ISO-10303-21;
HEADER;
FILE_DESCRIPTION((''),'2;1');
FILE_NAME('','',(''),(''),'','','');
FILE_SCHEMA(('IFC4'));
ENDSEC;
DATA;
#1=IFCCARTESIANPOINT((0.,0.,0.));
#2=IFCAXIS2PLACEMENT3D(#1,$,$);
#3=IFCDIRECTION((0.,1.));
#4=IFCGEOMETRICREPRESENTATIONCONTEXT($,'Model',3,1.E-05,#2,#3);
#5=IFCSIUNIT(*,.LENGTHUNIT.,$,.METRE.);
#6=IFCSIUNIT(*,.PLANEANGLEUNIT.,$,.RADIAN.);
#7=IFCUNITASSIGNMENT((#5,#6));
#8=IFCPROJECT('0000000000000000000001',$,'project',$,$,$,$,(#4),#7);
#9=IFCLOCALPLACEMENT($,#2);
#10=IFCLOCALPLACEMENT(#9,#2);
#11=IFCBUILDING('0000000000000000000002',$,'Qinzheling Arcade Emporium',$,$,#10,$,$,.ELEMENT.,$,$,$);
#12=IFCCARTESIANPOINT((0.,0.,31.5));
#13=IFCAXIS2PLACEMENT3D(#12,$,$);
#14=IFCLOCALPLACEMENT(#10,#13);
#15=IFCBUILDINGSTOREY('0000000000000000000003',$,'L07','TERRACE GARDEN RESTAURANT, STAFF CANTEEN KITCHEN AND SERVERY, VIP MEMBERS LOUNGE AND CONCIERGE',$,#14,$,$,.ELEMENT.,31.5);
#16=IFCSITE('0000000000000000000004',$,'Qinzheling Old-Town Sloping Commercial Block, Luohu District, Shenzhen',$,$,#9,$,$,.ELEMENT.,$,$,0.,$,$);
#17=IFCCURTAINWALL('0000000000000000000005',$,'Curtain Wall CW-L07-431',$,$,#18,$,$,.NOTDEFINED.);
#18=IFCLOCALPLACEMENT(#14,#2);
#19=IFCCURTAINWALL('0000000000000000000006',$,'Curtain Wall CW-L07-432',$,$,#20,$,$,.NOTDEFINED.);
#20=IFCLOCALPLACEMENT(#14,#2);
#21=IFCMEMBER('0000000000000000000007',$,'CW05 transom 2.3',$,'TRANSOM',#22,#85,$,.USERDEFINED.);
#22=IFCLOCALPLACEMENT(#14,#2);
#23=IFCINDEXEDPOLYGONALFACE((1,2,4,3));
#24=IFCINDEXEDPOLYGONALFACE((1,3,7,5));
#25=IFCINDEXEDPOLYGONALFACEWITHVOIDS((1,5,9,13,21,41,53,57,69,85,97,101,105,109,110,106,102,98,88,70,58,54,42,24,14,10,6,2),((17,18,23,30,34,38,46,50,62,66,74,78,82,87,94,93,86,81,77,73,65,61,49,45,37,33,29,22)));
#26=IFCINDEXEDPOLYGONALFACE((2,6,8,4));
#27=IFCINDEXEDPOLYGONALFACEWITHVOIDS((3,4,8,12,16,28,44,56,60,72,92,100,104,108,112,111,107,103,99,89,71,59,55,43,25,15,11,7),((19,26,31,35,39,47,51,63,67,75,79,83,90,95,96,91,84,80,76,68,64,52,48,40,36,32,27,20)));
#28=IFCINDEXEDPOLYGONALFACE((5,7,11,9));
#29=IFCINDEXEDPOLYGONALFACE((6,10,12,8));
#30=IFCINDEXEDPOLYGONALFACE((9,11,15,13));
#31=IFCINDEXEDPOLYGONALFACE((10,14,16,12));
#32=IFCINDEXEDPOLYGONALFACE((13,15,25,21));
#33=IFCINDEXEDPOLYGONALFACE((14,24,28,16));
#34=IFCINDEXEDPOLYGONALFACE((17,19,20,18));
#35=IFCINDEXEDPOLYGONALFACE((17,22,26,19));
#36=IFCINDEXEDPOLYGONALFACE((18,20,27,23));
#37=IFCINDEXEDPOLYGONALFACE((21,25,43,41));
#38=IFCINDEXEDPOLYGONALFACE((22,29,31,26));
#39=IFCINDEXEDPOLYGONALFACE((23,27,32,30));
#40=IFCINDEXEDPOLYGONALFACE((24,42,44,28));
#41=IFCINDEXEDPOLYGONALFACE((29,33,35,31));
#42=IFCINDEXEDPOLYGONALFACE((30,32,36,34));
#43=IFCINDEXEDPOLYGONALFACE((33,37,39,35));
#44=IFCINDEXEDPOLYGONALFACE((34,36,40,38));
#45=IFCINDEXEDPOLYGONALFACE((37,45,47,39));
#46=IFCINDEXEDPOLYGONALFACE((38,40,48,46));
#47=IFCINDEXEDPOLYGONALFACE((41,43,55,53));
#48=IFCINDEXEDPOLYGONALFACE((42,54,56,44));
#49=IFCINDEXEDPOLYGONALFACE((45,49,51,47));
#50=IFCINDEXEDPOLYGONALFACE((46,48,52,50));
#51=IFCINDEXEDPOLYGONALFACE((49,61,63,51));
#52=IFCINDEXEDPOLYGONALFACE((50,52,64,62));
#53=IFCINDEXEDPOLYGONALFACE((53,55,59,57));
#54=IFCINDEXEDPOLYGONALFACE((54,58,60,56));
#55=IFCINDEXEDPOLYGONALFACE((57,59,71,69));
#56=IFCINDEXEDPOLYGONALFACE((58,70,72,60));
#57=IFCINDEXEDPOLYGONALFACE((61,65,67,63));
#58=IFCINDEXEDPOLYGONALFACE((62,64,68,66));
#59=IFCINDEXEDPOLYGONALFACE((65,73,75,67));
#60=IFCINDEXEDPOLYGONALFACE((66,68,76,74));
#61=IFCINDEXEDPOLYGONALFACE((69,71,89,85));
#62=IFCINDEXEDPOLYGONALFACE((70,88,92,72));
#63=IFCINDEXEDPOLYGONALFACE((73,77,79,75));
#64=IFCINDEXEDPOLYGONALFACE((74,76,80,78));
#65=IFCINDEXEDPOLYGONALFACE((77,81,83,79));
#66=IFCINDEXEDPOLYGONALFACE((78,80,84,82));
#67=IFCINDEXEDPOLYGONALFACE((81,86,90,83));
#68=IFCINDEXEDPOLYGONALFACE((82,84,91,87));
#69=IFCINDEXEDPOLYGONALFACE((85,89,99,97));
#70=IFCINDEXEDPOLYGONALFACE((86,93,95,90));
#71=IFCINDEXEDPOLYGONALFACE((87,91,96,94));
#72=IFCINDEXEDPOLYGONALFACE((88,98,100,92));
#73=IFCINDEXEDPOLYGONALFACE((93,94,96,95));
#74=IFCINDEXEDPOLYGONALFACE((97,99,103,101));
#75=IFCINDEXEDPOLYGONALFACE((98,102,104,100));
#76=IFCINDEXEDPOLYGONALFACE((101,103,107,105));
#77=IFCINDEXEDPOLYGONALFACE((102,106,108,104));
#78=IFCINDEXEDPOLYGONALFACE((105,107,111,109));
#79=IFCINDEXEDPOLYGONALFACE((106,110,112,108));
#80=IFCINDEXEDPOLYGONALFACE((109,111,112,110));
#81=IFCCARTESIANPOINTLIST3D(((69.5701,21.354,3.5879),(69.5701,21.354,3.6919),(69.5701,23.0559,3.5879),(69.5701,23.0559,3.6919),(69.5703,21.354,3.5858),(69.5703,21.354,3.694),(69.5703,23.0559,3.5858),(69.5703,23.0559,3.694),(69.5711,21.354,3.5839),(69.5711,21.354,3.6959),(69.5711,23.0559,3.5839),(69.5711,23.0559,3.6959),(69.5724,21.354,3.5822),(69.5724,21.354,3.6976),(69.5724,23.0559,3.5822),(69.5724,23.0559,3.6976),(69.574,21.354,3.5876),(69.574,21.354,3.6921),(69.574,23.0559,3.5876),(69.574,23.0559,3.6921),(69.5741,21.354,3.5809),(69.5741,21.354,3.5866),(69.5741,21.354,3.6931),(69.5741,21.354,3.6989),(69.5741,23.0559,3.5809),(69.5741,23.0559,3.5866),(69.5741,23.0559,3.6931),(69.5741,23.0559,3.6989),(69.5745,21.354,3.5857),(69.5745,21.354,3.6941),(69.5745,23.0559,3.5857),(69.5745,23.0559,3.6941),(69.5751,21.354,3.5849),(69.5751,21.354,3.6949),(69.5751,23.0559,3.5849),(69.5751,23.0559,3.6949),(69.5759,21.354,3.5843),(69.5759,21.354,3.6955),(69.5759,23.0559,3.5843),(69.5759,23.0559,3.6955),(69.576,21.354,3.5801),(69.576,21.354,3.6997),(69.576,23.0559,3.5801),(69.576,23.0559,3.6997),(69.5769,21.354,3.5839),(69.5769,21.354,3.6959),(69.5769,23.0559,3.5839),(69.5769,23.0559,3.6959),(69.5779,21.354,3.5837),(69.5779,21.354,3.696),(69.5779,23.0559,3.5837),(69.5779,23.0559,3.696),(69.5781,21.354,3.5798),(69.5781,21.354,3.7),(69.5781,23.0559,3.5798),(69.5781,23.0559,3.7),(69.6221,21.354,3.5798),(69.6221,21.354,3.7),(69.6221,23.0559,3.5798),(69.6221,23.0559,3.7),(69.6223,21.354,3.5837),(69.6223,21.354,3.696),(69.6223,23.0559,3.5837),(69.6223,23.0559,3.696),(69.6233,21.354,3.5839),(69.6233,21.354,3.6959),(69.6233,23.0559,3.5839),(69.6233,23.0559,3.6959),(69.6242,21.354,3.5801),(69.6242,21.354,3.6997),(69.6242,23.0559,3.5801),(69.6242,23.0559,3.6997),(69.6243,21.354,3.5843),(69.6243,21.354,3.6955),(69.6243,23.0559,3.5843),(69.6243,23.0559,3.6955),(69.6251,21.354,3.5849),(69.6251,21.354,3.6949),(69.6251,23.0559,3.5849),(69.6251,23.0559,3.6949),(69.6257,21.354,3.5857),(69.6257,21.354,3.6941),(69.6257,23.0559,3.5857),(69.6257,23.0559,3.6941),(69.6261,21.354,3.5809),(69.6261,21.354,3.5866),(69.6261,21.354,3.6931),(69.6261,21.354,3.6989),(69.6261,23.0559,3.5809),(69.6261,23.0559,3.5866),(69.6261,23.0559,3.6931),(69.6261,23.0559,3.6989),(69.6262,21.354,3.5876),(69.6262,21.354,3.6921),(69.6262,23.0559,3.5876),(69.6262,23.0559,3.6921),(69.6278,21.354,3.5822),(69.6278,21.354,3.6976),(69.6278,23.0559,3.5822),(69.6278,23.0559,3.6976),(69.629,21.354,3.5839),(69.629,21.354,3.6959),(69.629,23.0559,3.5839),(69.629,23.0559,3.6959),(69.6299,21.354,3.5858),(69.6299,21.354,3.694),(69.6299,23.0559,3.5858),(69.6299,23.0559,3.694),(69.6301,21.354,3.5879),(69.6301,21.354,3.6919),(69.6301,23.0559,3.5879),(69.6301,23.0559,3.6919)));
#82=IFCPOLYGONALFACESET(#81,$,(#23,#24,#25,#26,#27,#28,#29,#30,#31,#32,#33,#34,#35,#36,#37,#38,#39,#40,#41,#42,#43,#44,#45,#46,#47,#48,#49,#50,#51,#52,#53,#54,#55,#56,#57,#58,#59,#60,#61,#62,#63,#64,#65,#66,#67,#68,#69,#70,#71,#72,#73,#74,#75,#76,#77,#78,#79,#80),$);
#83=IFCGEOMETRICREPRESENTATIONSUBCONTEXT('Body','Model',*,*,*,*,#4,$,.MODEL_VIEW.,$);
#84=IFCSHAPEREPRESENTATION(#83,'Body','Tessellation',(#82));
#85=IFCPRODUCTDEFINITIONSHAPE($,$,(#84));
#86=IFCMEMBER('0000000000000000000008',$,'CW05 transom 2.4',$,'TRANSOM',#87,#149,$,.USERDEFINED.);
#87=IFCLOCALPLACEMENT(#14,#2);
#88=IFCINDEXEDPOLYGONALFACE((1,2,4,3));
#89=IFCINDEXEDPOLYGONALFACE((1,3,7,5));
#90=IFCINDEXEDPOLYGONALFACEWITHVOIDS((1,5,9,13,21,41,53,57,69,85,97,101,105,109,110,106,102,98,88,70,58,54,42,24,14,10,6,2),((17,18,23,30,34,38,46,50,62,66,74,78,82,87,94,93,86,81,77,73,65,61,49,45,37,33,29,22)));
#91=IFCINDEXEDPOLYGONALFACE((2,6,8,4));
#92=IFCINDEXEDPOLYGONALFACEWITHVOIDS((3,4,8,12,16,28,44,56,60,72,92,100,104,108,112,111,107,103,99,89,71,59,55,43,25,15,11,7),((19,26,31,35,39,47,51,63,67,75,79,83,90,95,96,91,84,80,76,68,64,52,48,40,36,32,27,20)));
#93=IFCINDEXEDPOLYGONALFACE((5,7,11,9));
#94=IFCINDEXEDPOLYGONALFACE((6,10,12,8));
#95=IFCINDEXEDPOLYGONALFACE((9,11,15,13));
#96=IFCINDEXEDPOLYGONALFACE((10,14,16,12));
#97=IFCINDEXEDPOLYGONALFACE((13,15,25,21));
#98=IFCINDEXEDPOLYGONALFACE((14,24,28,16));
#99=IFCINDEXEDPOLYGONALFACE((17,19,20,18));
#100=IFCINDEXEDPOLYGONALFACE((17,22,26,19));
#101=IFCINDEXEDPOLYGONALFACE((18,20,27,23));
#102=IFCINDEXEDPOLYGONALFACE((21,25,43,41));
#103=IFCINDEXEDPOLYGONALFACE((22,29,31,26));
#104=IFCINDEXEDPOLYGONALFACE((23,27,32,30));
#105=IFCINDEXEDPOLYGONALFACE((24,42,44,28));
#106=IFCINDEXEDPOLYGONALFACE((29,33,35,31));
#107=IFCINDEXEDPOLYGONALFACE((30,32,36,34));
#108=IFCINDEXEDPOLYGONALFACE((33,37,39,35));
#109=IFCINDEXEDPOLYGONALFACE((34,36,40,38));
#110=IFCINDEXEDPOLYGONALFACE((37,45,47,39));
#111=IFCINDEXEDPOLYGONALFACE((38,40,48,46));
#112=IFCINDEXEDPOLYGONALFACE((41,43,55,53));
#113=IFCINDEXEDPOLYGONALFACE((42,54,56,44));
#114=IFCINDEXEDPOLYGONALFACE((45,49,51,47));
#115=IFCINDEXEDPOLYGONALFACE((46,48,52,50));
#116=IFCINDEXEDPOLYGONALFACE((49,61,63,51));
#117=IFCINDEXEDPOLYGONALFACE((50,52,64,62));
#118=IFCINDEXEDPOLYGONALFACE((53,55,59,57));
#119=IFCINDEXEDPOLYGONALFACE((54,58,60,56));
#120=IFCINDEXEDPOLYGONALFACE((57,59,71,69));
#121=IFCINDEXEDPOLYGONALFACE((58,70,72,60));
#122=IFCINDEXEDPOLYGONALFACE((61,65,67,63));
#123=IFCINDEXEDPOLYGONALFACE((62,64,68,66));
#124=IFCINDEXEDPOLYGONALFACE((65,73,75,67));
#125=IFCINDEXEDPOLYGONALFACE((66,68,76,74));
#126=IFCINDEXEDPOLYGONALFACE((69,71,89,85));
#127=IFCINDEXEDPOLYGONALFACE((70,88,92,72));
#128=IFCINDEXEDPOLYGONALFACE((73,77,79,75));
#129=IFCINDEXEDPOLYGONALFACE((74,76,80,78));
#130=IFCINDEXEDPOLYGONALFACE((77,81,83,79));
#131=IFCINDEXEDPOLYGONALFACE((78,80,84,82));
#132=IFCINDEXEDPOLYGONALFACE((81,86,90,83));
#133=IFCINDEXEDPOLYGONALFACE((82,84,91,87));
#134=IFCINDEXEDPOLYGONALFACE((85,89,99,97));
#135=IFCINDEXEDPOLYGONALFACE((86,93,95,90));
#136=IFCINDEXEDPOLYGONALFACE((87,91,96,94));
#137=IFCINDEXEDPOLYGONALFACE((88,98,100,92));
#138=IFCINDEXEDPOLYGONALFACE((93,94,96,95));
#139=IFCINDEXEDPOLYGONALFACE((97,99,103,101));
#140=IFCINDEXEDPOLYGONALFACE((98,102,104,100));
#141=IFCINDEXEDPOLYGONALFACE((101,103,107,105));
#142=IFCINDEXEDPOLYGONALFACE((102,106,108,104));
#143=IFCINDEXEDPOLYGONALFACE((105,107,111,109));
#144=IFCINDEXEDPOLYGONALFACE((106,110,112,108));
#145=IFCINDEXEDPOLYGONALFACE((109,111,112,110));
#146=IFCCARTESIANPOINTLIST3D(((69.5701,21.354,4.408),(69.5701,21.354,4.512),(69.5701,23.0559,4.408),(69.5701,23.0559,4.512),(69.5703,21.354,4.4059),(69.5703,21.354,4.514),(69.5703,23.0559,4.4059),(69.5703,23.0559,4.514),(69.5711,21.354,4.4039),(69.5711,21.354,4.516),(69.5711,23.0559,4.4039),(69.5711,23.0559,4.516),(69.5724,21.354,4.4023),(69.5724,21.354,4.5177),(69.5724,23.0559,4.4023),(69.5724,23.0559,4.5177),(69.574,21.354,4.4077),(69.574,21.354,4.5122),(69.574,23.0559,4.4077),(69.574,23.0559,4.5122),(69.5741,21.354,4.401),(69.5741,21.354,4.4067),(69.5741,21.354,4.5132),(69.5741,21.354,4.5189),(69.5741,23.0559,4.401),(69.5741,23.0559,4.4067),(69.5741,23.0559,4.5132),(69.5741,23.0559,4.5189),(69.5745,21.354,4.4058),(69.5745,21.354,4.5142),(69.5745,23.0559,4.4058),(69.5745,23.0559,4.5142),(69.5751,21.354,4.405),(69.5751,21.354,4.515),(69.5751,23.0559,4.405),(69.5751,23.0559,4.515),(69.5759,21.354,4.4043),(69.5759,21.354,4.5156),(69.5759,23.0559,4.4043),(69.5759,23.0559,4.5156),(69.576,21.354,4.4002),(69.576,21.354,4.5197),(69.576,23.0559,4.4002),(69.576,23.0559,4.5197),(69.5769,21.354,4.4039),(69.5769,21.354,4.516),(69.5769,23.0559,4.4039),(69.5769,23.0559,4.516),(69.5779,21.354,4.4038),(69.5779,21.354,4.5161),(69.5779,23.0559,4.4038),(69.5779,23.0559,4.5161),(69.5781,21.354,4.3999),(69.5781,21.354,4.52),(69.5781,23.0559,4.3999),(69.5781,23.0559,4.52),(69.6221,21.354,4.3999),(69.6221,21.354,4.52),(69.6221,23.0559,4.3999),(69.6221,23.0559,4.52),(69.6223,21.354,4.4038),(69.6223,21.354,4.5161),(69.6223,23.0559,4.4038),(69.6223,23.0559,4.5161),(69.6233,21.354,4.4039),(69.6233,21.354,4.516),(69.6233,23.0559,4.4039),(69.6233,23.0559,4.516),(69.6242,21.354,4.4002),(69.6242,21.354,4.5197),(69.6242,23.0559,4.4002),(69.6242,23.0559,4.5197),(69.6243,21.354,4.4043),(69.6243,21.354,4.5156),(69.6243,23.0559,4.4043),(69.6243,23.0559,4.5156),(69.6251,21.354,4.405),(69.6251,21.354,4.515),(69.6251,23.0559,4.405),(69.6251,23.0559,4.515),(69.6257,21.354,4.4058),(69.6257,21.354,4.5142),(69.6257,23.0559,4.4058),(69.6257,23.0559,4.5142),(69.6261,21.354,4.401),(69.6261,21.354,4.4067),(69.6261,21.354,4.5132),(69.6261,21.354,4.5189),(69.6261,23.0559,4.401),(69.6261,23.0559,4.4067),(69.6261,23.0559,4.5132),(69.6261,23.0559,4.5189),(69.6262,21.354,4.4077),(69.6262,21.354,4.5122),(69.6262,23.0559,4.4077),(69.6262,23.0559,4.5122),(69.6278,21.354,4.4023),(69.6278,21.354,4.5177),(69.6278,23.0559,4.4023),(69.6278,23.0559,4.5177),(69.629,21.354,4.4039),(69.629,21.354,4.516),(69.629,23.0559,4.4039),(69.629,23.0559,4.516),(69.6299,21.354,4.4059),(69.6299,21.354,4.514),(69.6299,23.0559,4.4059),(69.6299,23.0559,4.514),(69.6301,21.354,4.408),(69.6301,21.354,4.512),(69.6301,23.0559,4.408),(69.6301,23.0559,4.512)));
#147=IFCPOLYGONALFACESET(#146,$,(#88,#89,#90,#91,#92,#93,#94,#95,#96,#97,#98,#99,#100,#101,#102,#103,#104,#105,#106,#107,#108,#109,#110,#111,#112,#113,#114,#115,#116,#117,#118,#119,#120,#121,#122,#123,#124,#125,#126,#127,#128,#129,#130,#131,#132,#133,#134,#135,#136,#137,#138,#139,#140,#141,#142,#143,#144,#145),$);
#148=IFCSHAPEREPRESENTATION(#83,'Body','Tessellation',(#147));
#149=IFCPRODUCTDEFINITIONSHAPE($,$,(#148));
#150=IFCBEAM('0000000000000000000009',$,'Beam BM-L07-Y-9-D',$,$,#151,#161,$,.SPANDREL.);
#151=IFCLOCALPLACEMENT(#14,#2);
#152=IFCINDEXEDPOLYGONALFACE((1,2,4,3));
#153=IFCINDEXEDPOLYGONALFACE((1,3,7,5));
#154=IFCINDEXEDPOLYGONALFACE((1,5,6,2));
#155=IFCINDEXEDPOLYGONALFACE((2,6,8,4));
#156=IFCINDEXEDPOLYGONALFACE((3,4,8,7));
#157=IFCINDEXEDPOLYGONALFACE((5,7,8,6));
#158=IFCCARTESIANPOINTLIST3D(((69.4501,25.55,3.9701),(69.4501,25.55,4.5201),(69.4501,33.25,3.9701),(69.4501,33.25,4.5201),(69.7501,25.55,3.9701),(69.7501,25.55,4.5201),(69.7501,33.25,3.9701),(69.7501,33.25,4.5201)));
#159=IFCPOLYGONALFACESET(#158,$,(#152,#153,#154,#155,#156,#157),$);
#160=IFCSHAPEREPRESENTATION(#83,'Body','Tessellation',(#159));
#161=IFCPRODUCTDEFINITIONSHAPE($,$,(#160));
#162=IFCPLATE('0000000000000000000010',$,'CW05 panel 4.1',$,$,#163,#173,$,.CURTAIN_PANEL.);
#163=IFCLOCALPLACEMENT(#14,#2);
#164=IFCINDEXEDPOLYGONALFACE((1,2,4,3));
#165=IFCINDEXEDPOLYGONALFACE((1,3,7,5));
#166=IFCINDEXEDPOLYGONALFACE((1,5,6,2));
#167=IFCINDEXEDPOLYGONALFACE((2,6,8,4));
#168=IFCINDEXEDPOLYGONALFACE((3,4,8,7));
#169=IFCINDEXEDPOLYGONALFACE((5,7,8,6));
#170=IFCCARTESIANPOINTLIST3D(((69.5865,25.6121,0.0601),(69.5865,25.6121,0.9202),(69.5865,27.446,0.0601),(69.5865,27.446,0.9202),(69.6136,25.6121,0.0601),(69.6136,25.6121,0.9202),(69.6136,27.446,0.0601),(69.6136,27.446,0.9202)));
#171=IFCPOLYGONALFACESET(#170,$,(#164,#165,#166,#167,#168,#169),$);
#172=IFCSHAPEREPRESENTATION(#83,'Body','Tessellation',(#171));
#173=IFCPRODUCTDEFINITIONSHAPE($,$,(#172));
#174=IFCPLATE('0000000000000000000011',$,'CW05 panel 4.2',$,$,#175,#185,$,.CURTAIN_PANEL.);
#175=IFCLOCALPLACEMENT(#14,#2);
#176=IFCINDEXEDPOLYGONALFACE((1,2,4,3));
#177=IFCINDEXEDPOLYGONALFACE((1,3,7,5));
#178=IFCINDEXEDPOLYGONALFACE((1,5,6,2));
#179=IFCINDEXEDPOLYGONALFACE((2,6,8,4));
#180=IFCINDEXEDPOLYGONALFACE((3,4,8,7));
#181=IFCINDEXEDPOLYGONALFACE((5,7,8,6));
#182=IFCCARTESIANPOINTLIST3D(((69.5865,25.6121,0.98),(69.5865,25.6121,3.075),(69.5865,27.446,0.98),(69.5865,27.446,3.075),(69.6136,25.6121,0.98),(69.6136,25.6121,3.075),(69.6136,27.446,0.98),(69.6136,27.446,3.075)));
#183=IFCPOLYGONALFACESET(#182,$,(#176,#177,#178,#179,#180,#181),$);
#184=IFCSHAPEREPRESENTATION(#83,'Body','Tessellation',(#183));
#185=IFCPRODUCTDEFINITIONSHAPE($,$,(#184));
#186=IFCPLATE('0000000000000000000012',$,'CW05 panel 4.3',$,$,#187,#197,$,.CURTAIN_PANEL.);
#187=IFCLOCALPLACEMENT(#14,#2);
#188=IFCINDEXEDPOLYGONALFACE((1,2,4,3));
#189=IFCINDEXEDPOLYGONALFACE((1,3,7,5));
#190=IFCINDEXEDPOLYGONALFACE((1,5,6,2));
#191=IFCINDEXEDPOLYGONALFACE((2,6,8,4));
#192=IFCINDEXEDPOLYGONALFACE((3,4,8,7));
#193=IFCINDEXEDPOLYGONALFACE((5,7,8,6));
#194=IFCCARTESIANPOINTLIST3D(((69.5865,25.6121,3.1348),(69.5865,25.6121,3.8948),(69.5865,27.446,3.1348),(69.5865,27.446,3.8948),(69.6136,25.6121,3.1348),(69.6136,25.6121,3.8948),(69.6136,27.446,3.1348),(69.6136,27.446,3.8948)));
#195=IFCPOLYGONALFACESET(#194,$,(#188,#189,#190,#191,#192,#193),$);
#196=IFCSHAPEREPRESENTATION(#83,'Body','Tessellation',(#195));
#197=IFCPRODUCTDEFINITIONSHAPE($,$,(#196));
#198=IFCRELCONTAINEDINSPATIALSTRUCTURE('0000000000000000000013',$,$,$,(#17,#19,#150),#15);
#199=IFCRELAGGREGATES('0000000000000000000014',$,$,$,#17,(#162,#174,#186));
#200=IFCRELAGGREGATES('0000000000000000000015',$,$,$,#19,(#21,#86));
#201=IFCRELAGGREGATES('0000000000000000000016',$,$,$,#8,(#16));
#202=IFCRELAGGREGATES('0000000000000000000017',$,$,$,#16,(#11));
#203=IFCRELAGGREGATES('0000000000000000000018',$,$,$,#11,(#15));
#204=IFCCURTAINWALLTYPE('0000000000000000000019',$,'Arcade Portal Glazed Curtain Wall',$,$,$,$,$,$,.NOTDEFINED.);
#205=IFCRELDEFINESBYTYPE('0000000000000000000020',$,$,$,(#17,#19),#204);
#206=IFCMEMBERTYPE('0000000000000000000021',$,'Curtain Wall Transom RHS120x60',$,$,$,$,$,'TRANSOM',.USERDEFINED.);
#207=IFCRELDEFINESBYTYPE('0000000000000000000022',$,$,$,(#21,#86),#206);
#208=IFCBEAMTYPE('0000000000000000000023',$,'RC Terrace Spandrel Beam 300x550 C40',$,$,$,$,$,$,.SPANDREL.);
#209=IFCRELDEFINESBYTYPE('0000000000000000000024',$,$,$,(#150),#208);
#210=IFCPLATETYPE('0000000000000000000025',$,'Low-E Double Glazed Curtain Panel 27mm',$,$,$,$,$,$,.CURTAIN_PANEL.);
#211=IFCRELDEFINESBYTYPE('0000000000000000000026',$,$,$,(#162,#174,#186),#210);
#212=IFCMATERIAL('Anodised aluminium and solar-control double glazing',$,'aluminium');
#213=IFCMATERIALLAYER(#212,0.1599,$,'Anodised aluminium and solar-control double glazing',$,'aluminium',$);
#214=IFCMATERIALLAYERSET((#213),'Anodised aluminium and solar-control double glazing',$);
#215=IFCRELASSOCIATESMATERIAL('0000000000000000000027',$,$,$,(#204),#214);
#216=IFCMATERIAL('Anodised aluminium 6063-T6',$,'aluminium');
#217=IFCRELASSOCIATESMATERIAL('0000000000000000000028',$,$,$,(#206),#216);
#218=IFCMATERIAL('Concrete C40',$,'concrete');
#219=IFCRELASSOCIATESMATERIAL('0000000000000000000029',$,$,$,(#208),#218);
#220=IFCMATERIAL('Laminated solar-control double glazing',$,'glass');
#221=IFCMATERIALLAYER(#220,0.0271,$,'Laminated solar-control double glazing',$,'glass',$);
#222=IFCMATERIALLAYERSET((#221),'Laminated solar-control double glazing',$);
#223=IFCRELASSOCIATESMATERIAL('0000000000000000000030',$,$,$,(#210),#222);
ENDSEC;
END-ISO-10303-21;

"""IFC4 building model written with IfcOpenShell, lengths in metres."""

from ifc_helpers import new_model, si_unit, direction, frame, origin, origin_2d, place, context, subcontext, project, spatial, rectangle, hollow_rectangle, extrude, material, layer, layer_set, material_profile, profile_set, type_object, element, aggregate, save


model = new_model("IFC4")

# Units and contexts
model_context = context("Model", 3, precision=1e-05, world=origin(), true_north=direction((0.0, 1.0)))
body_context = subcontext(model_context, "Body", "Model", "MODEL_VIEW")
ifc_project = project(units=[si_unit("LENGTHUNIT", "METRE"), si_unit("PLANEANGLEUNIT", "RADIAN")], contexts=[model_context])

# Site, building, storey
site_placement = place(None, origin())
site = spatial("IfcSite", under=ifc_project, at=site_placement, Name="Qinzheling Old-Town Sloping Commercial Block, Luohu District, Shenzhen", CompositionType="ELEMENT", RefElevation=0.0)
building_placement = place(site_placement, origin())
building = spatial("IfcBuilding", under=site, at=building_placement, Name="Qinzheling Arcade Emporium", CompositionType="ELEMENT")
storey_placement = place(building_placement, frame((0.0, 0.0, 31.5)))
storey = spatial("IfcBuildingStorey", under=building, at=storey_placement, Name="L07", Description="TERRACE GARDEN RESTAURANT, STAFF CANTEEN KITCHEN AND SERVERY, VIP MEMBERS LOUNGE AND CONCIERGE", CompositionType="ELEMENT", Elevation=31.5)

# Shared definitions
ifc_material_1 = material(Name="Concrete C40", Category="concrete")

# Curtain wall
ifc_material_2 = material(Name="Anodised aluminium and solar-control double glazing", Category="aluminium")
ifc_layer_1 = layer(ifc_material_2, 0.1599, Name="Anodised aluminium and solar-control double glazing", Category="aluminium")
ifc_layer_set_1 = layer_set([ifc_layer_1], Name="Anodised aluminium and solar-control double glazing")
curtain_wall_type = type_object("IfcCurtainWallType", Name="Arcade Portal Glazed Curtain Wall", PredefinedType="NOTDEFINED", material=ifc_layer_set_1)
curtain_wall_1_placement = place(storey_placement, origin())
curtain_wall_1 = element("IfcCurtainWall", 1, at=curtain_wall_1_placement, inside=storey, type_object=curtain_wall_type, Name="Curtain Wall CW-L07-431", PredefinedType="NOTDEFINED")
ifc_material_3 = material(Name="Anodised aluminium 6063-T6", Category="aluminium")

# Curtain wall
curtain_wall_2_placement = place(storey_placement, origin())
curtain_wall_2 = element("IfcCurtainWall", 2, at=curtain_wall_2_placement, inside=storey, type_object=curtain_wall_type, Name="Curtain Wall CW-L07-432", PredefinedType="NOTDEFINED")

# Members
ifc_material_profile_1 = material_profile(ifc_material_3, hollow_rectangle(XDim=0.0601, YDim=0.1201, WallThickness=0.0039, InnerFilletRadius=0.0039, OuterFilletRadius=0.0081, at=origin_2d()), Name="RHS 120x60x4", Category="aluminium")
ifc_profile_set_1 = profile_set([ifc_material_profile_1], Name="Anodised aluminium 6063-T6")
member_type_1 = type_object("IfcMemberType", Name="Curtain Wall Transom RHS120x60", ElementType="TRANSOM", PredefinedType="USERDEFINED", material=ifc_profile_set_1)
member_1_placement = place(storey_placement, frame((69.6001, 23.0559, 3.6399), z_axis=(0.0, -1.0, 0.0), x_axis=(1.0, 0.0, 0.0)))
member_1 = element("IfcMember", 3, at=member_1_placement, type_object=member_type_1, Name="CW05 transom 2.3", ObjectType="TRANSOM", PredefinedType="USERDEFINED", context=body_context, shape_type="SweptSolid", body=[
    extrude(hollow_rectangle(XDim=0.0601, YDim=0.1201, WallThickness=0.0039, InnerFilletRadius=0.0039, OuterFilletRadius=0.0081, at=origin_2d()), origin(), (0.0, 0.0, 1.0), 1.7019),
])
member_2_placement = place(storey_placement, frame((69.6001, 23.0559, 4.46), z_axis=(0.0, -1.0, 0.0), x_axis=(1.0, 0.0, 0.0)))
member_2 = element("IfcMember", 4, at=member_2_placement, type_object=member_type_1, Name="CW05 transom 2.4", ObjectType="TRANSOM", PredefinedType="USERDEFINED", context=body_context, shape_type="SweptSolid", body=[
    extrude(hollow_rectangle(XDim=0.0601, YDim=0.1201, WallThickness=0.0039, InnerFilletRadius=0.0039, OuterFilletRadius=0.0081, at=origin_2d()), origin(), (0.0, 0.0, 1.0), 1.7019),
])

# Beam
ifc_material_profile_2 = material_profile(ifc_material_1, rectangle(XDim=0.3, YDim=0.55, at=origin_2d()), Name="RC 300x550", Category="concrete")
ifc_profile_set_2 = profile_set([ifc_material_profile_2], Name="Concrete C40")
beam_type = type_object("IfcBeamType", Name="RC Terrace Spandrel Beam 300x550 C40", PredefinedType="SPANDREL", material=ifc_profile_set_2)
beam_placement = place(storey_placement, frame((69.6001, 25.55, 4.2451), z_axis=(0.0, 1.0, 0.0), x_axis=(-1.0, 0.0, 0.0)))
element("IfcBeam", 5, at=beam_placement, inside=storey, type_object=beam_type, Name="Beam BM-L07-Y-9-D", PredefinedType="SPANDREL", context=body_context, shape_type="SweptSolid", body=[
    extrude(rectangle(XDim=0.3, YDim=0.55, at=origin_2d()), origin(), (0.0, 0.0, 1.0), 7.7),
])

# Plates
ifc_material_4 = material(Name="Laminated solar-control double glazing", Category="glass")
ifc_layer_2 = layer(ifc_material_4, 0.0271, Name="Laminated solar-control double glazing", Category="glass")
ifc_layer_set_2 = layer_set([ifc_layer_2], Name="Laminated solar-control double glazing")
plate_type_1 = type_object("IfcPlateType", Name="Low-E Double Glazed Curtain Panel 27mm", PredefinedType="CURTAIN_PANEL", material=ifc_layer_set_2)
plate_1_placement = place(storey_placement, frame((69.6001, 26.5291, 0.0601), z_axis=(0.0, 0.0, 1.0), x_axis=(0.0, -1.0, 0.0)))
plate_1 = element("IfcPlate", 6, at=plate_1_placement, type_object=plate_type_1, Name="CW05 panel 4.1", PredefinedType="CURTAIN_PANEL", context=body_context, shape_type="SweptSolid", body=[
    extrude(rectangle(XDim=1.834, YDim=0.0271, at=origin_2d()), origin(), (0.0, 0.0, 1.0), 0.8601),
])
plate_2_placement = place(storey_placement, frame((69.6001, 26.5291, 0.98), z_axis=(0.0, 0.0, 1.0), x_axis=(0.0, -1.0, 0.0)))
plate_2 = element("IfcPlate", 7, at=plate_2_placement, type_object=plate_type_1, Name="CW05 panel 4.2", PredefinedType="CURTAIN_PANEL", context=body_context, shape_type="SweptSolid", body=[
    extrude(rectangle(XDim=1.834, YDim=0.0271, at=origin_2d()), origin(), (0.0, 0.0, 1.0), 2.095),
])
plate_3_placement = place(storey_placement, frame((69.6001, 26.5291, 3.1348), z_axis=(0.0, 0.0, 1.0), x_axis=(0.0, -1.0, 0.0)))
plate_3 = element("IfcPlate", 8, at=plate_3_placement, type_object=plate_type_1, Name="CW05 panel 4.3", PredefinedType="CURTAIN_PANEL", context=body_context, shape_type="SweptSolid", body=[
    extrude(rectangle(XDim=1.834, YDim=0.0271, at=origin_2d()), origin(), (0.0, 0.0, 1.0), 0.76),
])
aggregate(curtain_wall_1, [plate_1, plate_2, plate_3])
aggregate(curtain_wall_2, [member_1, member_2])

save(model, "model.ifc")
